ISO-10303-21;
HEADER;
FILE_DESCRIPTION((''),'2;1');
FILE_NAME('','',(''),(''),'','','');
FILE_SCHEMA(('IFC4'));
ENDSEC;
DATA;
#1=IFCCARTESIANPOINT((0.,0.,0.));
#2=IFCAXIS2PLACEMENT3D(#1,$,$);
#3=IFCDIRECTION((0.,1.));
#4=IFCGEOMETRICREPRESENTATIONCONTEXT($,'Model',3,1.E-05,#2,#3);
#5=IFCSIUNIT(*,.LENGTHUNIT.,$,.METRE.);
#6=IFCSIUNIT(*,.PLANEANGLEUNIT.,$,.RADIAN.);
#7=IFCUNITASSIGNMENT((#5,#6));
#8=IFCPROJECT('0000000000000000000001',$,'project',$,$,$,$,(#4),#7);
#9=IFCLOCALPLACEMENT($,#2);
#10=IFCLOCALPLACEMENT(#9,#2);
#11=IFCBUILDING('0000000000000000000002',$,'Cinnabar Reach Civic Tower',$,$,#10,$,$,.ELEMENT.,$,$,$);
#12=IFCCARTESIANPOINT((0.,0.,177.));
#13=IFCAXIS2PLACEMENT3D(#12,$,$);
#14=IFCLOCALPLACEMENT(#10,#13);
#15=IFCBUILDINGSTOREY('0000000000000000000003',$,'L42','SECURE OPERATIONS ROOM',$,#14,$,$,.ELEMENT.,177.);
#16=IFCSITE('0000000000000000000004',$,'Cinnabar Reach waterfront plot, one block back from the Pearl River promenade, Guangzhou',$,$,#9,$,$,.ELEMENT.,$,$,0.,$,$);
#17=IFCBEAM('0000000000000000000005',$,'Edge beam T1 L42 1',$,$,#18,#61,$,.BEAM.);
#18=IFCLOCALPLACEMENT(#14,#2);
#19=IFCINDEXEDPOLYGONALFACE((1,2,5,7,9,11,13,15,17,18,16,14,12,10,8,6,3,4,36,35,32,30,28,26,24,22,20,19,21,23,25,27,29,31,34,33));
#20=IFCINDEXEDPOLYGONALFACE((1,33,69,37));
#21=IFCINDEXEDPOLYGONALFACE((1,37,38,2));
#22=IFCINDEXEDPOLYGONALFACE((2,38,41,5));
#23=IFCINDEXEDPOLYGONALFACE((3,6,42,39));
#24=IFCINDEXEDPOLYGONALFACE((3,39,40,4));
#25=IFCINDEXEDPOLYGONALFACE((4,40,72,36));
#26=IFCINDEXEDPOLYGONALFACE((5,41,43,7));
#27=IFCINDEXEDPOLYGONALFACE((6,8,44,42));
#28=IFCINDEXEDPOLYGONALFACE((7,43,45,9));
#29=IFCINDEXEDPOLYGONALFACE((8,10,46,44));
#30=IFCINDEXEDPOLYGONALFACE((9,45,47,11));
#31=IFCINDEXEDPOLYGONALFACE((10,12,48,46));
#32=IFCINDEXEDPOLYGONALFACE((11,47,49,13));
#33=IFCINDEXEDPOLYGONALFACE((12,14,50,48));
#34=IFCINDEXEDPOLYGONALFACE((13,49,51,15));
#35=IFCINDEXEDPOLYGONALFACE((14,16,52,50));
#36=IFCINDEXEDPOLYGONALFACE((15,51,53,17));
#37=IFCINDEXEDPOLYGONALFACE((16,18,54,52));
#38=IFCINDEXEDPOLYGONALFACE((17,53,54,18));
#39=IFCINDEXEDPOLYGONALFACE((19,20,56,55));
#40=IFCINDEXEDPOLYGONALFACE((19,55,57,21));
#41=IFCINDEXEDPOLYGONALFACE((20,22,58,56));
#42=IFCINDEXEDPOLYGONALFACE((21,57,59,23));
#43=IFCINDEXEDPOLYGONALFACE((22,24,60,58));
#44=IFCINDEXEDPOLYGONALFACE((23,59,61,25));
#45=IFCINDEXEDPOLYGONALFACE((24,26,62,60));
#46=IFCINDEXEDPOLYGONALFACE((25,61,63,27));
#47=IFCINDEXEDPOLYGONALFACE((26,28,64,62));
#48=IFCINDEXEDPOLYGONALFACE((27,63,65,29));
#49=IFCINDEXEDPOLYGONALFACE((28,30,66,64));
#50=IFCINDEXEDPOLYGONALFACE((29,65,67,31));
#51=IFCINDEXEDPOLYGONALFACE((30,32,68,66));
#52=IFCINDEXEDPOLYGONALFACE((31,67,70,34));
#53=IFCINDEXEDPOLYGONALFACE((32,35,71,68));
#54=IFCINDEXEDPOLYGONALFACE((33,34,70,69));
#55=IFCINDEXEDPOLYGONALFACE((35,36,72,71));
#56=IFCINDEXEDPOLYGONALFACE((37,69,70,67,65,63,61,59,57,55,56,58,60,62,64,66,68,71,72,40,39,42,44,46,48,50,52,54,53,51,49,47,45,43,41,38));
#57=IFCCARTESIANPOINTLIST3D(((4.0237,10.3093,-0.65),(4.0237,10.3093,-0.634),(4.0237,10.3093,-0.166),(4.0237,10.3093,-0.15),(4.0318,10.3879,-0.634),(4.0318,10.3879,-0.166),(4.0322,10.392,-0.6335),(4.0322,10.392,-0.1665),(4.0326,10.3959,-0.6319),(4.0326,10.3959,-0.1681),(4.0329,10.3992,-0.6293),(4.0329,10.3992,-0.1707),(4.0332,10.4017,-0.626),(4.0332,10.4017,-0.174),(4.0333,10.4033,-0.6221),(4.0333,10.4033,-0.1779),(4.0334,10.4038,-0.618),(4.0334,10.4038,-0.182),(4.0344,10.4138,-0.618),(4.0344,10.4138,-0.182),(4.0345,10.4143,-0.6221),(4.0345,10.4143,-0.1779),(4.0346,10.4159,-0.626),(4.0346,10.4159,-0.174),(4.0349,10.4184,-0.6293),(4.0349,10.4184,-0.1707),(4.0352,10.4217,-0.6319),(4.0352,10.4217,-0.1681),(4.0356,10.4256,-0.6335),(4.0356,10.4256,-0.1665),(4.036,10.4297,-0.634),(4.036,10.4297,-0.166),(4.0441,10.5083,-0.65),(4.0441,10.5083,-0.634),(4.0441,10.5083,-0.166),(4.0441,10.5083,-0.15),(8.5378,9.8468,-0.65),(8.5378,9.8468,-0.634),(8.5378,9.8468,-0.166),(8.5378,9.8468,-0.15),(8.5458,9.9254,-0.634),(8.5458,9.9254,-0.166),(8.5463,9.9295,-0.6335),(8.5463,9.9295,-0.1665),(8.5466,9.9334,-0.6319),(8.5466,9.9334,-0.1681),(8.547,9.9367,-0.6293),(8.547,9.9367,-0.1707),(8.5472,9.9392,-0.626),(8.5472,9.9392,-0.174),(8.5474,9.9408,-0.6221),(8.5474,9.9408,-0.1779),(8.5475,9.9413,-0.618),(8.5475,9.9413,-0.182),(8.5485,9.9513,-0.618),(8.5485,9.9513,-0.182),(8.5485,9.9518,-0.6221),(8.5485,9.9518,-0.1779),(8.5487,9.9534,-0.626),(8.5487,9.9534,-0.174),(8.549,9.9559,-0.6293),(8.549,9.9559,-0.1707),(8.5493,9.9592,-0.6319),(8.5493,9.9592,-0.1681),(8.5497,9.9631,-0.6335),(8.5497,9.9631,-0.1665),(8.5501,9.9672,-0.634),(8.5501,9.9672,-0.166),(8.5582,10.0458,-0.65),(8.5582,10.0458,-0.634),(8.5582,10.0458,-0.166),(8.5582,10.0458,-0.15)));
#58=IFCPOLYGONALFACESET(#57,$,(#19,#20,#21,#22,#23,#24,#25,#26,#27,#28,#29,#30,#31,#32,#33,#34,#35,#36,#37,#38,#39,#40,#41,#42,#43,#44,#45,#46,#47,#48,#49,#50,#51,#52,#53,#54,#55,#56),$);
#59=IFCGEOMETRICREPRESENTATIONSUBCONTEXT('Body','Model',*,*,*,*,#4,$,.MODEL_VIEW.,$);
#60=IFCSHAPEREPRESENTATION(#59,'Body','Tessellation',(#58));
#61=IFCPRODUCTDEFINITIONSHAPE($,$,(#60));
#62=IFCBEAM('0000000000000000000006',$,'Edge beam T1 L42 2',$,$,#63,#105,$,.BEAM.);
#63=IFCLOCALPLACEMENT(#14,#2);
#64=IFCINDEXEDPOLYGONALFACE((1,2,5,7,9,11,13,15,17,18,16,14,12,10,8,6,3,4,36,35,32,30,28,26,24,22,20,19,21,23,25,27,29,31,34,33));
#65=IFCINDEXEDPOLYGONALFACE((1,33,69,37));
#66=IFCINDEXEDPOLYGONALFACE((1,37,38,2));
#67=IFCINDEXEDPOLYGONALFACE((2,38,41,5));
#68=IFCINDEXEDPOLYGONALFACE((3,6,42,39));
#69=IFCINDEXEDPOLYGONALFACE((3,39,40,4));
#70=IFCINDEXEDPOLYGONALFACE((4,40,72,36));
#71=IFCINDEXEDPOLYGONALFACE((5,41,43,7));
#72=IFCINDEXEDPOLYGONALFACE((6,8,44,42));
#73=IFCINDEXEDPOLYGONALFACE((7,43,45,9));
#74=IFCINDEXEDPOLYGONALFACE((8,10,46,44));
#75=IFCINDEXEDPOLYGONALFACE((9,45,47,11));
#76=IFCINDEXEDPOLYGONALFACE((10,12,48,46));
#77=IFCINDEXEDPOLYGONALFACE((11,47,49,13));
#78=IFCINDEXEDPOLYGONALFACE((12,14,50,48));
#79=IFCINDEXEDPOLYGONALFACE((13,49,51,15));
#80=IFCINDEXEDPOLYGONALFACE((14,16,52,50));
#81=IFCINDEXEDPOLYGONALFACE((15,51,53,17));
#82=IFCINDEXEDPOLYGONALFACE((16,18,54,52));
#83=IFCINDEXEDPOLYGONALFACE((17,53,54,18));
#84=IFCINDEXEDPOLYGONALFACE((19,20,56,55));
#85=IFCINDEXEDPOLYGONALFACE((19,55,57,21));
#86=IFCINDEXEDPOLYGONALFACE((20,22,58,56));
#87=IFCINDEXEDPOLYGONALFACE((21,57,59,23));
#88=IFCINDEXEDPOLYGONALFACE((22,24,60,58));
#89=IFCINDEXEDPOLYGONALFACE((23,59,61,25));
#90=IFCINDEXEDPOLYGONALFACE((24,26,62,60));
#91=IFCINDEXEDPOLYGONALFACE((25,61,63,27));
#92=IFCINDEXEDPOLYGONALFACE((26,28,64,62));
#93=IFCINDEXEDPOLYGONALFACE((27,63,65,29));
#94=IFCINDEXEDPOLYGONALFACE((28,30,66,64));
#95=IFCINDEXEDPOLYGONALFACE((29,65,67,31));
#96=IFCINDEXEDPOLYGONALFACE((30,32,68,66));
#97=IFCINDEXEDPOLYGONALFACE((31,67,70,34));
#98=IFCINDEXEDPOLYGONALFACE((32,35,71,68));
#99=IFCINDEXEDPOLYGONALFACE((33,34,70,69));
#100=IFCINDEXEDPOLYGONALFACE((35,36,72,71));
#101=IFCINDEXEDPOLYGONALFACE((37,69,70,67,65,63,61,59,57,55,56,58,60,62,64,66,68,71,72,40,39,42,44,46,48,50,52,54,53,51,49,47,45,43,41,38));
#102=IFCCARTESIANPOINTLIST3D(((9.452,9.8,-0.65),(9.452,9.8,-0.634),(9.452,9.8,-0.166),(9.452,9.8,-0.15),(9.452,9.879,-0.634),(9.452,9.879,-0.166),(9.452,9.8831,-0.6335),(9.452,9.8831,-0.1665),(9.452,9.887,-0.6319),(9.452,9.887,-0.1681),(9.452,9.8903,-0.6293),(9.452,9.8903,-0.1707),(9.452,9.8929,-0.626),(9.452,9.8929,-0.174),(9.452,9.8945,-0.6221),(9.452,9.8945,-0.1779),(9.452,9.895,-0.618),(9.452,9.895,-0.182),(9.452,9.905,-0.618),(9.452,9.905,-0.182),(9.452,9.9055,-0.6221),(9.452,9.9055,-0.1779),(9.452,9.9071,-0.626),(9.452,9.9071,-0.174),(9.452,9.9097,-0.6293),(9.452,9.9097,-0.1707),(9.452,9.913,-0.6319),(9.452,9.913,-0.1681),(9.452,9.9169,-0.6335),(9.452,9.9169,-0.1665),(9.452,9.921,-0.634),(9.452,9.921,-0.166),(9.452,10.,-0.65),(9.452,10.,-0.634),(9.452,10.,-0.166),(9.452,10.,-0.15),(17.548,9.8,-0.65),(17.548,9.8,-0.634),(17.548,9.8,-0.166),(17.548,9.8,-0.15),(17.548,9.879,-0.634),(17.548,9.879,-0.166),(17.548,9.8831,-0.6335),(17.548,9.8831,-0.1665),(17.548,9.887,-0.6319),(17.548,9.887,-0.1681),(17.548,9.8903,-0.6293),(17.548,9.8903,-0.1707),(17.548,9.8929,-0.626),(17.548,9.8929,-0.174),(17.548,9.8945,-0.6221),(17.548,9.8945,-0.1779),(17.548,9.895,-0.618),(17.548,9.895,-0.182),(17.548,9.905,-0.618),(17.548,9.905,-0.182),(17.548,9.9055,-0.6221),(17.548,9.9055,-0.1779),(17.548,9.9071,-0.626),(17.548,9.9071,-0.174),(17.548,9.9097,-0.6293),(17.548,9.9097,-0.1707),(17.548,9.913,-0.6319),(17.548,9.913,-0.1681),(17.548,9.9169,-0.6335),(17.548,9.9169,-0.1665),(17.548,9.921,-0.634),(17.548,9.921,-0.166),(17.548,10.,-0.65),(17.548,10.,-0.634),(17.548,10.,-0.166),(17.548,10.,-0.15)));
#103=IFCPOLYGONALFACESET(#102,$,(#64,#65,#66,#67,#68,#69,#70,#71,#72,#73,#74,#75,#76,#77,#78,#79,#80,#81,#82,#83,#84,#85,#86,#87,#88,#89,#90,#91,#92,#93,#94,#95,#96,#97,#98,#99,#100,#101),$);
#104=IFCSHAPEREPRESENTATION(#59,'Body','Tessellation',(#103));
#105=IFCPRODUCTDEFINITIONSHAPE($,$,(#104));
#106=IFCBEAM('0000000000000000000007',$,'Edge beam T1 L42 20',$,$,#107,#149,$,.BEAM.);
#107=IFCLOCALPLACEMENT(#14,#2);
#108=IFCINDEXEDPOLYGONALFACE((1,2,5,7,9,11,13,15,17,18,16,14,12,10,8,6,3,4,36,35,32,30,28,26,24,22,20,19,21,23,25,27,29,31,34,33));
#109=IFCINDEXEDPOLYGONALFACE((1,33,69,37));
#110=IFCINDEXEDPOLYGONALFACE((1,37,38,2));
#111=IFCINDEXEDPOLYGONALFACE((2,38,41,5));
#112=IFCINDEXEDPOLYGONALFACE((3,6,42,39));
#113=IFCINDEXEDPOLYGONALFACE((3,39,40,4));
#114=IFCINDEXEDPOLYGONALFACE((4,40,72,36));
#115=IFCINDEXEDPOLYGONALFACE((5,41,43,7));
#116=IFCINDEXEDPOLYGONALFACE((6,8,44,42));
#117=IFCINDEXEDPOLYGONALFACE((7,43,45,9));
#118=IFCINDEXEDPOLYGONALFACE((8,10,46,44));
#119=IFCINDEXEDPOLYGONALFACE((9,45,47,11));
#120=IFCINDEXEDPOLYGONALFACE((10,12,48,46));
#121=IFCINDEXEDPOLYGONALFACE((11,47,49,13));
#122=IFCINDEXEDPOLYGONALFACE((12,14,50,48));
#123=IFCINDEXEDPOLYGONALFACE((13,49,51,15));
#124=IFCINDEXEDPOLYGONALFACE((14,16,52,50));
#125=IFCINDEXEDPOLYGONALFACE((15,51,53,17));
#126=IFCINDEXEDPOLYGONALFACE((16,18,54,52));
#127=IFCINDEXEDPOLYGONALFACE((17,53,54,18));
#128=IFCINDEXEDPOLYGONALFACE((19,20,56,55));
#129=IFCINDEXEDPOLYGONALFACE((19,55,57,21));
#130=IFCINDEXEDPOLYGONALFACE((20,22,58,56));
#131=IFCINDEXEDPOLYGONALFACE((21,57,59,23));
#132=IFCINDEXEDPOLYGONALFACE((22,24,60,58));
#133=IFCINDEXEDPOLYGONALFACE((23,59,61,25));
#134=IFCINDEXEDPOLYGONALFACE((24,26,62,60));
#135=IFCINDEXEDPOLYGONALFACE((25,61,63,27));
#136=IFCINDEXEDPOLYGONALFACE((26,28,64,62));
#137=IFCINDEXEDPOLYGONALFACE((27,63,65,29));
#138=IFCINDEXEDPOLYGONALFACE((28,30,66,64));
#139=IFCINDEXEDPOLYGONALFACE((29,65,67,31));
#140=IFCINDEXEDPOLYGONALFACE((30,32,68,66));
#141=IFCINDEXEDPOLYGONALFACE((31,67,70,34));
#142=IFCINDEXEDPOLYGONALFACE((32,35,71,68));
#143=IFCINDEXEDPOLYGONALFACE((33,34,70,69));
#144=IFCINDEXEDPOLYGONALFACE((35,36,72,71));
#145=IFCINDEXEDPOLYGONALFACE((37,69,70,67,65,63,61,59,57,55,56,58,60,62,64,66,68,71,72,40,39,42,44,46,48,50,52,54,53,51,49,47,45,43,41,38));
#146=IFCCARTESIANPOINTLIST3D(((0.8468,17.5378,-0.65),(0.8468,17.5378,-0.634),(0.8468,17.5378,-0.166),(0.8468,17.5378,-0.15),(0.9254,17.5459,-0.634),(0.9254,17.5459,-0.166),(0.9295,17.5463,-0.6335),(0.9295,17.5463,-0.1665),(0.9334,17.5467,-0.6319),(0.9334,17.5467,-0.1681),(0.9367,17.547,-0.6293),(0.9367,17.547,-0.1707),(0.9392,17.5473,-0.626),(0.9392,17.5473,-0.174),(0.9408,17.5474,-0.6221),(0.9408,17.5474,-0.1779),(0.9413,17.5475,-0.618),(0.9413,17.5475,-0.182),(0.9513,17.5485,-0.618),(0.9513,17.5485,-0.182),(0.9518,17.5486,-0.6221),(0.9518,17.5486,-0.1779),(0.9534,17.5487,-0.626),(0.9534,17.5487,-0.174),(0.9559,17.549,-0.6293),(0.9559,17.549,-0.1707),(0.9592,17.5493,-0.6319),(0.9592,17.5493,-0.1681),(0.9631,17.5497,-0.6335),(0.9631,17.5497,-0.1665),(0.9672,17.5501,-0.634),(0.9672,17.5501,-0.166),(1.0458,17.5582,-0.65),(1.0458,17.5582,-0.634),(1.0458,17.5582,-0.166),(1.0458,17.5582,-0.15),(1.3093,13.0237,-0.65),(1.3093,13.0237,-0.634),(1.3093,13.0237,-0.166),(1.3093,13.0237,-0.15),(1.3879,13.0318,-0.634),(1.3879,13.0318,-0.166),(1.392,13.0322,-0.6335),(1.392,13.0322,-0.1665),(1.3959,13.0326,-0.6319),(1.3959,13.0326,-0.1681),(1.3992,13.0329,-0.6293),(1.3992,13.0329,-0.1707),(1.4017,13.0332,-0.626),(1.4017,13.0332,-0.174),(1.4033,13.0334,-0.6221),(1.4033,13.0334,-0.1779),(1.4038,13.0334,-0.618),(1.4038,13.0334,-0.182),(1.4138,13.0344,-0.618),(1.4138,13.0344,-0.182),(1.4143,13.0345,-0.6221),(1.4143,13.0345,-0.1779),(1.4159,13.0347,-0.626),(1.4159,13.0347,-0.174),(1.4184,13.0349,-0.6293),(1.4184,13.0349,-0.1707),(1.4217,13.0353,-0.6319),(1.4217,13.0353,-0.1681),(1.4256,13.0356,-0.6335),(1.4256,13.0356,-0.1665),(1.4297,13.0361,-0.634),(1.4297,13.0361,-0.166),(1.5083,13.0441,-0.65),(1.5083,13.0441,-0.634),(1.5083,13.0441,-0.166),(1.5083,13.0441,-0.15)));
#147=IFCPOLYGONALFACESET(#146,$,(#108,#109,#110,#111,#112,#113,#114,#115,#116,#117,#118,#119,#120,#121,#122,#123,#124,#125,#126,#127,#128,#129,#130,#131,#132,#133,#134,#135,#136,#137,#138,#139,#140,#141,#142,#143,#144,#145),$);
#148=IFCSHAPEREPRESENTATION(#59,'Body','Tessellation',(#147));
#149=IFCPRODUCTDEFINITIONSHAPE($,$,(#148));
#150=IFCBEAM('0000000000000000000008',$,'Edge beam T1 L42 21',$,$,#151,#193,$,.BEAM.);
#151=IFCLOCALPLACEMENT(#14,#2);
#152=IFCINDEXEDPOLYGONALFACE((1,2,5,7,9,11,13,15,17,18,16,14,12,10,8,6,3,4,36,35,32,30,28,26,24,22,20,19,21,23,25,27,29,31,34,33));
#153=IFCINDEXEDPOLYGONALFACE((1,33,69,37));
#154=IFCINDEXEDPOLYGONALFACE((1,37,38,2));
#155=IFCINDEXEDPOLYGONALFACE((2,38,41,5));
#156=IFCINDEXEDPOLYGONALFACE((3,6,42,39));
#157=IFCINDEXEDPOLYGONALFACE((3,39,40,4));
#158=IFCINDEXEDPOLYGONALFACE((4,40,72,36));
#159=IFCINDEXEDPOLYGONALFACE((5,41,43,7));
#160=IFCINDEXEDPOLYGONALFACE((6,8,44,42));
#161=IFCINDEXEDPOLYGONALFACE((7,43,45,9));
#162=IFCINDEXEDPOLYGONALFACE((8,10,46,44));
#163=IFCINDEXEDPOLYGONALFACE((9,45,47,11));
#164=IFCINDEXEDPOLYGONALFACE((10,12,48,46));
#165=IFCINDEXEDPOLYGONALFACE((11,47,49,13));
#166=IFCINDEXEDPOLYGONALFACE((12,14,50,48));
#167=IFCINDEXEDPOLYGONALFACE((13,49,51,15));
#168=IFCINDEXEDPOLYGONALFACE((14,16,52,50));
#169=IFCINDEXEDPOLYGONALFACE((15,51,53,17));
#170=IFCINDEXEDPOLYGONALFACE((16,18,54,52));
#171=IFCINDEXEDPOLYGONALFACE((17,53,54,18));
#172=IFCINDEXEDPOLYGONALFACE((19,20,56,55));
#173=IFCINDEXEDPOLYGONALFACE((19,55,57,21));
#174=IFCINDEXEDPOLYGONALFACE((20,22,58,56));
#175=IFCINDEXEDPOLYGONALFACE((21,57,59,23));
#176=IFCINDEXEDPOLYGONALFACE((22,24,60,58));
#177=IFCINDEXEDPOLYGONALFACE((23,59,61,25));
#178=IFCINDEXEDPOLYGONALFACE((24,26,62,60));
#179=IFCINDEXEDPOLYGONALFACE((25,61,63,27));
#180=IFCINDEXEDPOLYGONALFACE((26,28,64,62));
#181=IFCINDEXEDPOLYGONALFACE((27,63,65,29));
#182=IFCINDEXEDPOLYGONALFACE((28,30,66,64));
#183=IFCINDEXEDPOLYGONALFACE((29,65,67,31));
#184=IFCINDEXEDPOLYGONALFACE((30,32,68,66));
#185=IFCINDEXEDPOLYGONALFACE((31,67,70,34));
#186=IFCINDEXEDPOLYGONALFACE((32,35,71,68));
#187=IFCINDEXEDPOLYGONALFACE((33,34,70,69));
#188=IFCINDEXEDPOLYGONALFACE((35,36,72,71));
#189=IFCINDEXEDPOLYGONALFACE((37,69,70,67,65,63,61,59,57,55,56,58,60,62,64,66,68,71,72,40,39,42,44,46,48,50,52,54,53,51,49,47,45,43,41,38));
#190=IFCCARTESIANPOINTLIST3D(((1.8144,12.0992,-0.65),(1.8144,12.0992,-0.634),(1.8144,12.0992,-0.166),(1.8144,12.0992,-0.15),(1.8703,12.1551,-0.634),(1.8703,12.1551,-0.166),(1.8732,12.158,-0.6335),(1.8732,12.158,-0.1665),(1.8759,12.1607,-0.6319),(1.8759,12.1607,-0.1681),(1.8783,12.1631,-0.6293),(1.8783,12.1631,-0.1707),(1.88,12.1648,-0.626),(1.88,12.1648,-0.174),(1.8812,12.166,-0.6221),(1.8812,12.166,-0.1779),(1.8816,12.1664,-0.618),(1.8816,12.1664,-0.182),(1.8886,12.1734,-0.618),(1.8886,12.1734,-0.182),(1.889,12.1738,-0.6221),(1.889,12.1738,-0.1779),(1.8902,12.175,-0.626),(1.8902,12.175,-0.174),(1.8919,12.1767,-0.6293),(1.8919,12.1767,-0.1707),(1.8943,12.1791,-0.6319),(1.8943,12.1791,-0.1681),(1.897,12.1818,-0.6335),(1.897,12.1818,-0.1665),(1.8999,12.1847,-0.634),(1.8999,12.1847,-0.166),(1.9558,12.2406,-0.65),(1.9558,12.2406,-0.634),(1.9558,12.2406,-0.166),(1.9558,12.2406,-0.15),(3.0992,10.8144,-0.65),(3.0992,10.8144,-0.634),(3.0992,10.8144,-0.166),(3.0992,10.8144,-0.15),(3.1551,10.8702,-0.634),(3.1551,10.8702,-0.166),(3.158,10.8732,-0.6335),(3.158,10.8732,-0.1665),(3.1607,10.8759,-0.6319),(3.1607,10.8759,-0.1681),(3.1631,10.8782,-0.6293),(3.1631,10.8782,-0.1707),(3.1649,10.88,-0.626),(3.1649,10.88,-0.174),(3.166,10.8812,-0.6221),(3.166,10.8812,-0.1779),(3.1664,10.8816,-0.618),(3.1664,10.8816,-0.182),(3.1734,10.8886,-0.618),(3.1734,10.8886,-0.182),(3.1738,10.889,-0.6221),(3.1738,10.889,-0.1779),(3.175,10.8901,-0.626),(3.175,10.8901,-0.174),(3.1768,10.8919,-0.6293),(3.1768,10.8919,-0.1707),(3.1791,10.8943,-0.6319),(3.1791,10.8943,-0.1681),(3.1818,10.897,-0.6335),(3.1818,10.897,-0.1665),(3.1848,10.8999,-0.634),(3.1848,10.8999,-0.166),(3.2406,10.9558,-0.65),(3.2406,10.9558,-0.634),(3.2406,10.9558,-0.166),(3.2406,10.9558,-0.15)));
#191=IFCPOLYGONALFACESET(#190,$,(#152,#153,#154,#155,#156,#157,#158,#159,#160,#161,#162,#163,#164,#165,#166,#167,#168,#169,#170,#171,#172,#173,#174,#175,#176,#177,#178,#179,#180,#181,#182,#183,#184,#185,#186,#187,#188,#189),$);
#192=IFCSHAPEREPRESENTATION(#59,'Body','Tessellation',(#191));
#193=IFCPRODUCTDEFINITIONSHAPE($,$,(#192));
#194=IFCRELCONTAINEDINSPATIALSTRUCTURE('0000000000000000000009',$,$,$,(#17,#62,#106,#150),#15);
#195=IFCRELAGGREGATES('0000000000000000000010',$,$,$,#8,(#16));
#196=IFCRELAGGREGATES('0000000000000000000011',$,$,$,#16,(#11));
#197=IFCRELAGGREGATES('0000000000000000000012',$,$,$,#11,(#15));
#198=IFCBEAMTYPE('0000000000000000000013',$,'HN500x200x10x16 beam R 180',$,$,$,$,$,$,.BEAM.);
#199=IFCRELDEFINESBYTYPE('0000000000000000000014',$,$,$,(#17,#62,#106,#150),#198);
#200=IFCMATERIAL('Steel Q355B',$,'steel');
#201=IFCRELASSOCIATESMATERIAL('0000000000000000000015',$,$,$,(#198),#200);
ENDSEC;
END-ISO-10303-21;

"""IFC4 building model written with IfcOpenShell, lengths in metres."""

from ifc_helpers import new_model, si_unit, direction, frame, origin, origin_2d, place, context, subcontext, project, spatial, i_section, extrude, material, material_profile, profile_set, type_object, element, save


model = new_model("IFC4")

# Units and contexts
model_context = context("Model", 3, precision=1e-05, world=origin(), true_north=direction((0.0, 1.0)))
body_context = subcontext(model_context, "Body", "Model", "MODEL_VIEW")
ifc_project = project(units=[si_unit("LENGTHUNIT", "METRE"), si_unit("PLANEANGLEUNIT", "RADIAN")], contexts=[model_context])

# Site, building, storey
site_placement = place(None, origin())
site = spatial("IfcSite", under=ifc_project, at=site_placement, Name="Cinnabar Reach waterfront plot, one block back from the Pearl River promenade, Guangzhou", CompositionType="ELEMENT", RefElevation=0.0)
building_placement = place(site_placement, origin())
building = spatial("IfcBuilding", under=site, at=building_placement, Name="Cinnabar Reach Civic Tower", CompositionType="ELEMENT")
storey_placement = place(building_placement, frame((0.0, 0.0, 177.0)))
storey = spatial("IfcBuildingStorey", under=building, at=storey_placement, Name="L42", Description="SECURE OPERATIONS ROOM", CompositionType="ELEMENT", Elevation=177.0)

# Beams
ifc_material_1 = material(Name="Steel Q355B", Category="steel")
ifc_material_profile_1 = material_profile(ifc_material_1, i_section(OverallWidth=0.2, OverallDepth=0.5, WebThickness=0.01, FlangeThickness=0.016, FilletRadius=0.016, at=origin_2d()), Name="HN500x200x10x16")
ifc_profile_set_1 = profile_set([ifc_material_profile_1], Name="Steel Q355B")
beam_type_1 = type_object("IfcBeamType", Name="HN500x200x10x16 beam R 180", PredefinedType="BEAM", material=ifc_profile_set_1)
beam_1_placement = place(storey_placement, frame((4.0339, 10.4088, -0.4), z_axis=(0.994792, -0.101923, 0.0), x_axis=(0.101923, 0.994792, 0.0)))
element("IfcBeam", 1, at=beam_1_placement, inside=storey, type_object=beam_type_1, Name="Edge beam T1 L42 1", PredefinedType="BEAM", context=body_context, shape_type="SweptSolid", body=[
    extrude(i_section(OverallWidth=0.2, OverallDepth=0.5, WebThickness=0.01, FlangeThickness=0.016, FilletRadius=0.016, at=origin_2d()), origin(), (0.0, 0.0, 1.0), 4.5377),
])
beam_2_placement = place(storey_placement, frame((9.452, 9.9, -0.4), z_axis=(1.0, 0.0, 0.0), x_axis=(0.0, 1.0, 0.0)))
element("IfcBeam", 2, at=beam_2_placement, inside=storey, type_object=beam_type_1, Name="Edge beam T1 L42 2", PredefinedType="BEAM", context=body_context, shape_type="SweptSolid", body=[
    extrude(i_section(OverallWidth=0.2, OverallDepth=0.5, WebThickness=0.01, FlangeThickness=0.016, FilletRadius=0.016, at=origin_2d()), origin(), (0.0, 0.0, 1.0), 8.096),
])
beam_3_placement = place(storey_placement, frame((0.9463, 17.548, -0.4), z_axis=(0.101923, -0.994792, 0.0), x_axis=(0.994792, 0.101923, 0.0)))
element("IfcBeam", 3, at=beam_3_placement, inside=storey, type_object=beam_type_1, Name="Edge beam T1 L42 20", PredefinedType="BEAM", context=body_context, shape_type="SweptSolid", body=[
    extrude(i_section(OverallWidth=0.2, OverallDepth=0.5, WebThickness=0.01, FlangeThickness=0.016, FilletRadius=0.016, at=origin_2d()), origin(), (0.0, 0.0, 1.0), 4.5377),
])
beam_4_placement = place(storey_placement, frame((1.8851, 12.1699, -0.4), z_axis=(0.707107, -0.707107, 0.0), x_axis=(0.707107, 0.707107, 0.0)))
element("IfcBeam", 4, at=beam_4_placement, inside=storey, type_object=beam_type_1, Name="Edge beam T1 L42 21", PredefinedType="BEAM", context=body_context, shape_type="SweptSolid", body=[
    extrude(i_section(OverallWidth=0.2, OverallDepth=0.5, WebThickness=0.01, FlangeThickness=0.016, FilletRadius=0.016, at=origin_2d()), origin(), (0.0, 0.0, 1.0), 1.817),
])

save(model, "model.ifc")
